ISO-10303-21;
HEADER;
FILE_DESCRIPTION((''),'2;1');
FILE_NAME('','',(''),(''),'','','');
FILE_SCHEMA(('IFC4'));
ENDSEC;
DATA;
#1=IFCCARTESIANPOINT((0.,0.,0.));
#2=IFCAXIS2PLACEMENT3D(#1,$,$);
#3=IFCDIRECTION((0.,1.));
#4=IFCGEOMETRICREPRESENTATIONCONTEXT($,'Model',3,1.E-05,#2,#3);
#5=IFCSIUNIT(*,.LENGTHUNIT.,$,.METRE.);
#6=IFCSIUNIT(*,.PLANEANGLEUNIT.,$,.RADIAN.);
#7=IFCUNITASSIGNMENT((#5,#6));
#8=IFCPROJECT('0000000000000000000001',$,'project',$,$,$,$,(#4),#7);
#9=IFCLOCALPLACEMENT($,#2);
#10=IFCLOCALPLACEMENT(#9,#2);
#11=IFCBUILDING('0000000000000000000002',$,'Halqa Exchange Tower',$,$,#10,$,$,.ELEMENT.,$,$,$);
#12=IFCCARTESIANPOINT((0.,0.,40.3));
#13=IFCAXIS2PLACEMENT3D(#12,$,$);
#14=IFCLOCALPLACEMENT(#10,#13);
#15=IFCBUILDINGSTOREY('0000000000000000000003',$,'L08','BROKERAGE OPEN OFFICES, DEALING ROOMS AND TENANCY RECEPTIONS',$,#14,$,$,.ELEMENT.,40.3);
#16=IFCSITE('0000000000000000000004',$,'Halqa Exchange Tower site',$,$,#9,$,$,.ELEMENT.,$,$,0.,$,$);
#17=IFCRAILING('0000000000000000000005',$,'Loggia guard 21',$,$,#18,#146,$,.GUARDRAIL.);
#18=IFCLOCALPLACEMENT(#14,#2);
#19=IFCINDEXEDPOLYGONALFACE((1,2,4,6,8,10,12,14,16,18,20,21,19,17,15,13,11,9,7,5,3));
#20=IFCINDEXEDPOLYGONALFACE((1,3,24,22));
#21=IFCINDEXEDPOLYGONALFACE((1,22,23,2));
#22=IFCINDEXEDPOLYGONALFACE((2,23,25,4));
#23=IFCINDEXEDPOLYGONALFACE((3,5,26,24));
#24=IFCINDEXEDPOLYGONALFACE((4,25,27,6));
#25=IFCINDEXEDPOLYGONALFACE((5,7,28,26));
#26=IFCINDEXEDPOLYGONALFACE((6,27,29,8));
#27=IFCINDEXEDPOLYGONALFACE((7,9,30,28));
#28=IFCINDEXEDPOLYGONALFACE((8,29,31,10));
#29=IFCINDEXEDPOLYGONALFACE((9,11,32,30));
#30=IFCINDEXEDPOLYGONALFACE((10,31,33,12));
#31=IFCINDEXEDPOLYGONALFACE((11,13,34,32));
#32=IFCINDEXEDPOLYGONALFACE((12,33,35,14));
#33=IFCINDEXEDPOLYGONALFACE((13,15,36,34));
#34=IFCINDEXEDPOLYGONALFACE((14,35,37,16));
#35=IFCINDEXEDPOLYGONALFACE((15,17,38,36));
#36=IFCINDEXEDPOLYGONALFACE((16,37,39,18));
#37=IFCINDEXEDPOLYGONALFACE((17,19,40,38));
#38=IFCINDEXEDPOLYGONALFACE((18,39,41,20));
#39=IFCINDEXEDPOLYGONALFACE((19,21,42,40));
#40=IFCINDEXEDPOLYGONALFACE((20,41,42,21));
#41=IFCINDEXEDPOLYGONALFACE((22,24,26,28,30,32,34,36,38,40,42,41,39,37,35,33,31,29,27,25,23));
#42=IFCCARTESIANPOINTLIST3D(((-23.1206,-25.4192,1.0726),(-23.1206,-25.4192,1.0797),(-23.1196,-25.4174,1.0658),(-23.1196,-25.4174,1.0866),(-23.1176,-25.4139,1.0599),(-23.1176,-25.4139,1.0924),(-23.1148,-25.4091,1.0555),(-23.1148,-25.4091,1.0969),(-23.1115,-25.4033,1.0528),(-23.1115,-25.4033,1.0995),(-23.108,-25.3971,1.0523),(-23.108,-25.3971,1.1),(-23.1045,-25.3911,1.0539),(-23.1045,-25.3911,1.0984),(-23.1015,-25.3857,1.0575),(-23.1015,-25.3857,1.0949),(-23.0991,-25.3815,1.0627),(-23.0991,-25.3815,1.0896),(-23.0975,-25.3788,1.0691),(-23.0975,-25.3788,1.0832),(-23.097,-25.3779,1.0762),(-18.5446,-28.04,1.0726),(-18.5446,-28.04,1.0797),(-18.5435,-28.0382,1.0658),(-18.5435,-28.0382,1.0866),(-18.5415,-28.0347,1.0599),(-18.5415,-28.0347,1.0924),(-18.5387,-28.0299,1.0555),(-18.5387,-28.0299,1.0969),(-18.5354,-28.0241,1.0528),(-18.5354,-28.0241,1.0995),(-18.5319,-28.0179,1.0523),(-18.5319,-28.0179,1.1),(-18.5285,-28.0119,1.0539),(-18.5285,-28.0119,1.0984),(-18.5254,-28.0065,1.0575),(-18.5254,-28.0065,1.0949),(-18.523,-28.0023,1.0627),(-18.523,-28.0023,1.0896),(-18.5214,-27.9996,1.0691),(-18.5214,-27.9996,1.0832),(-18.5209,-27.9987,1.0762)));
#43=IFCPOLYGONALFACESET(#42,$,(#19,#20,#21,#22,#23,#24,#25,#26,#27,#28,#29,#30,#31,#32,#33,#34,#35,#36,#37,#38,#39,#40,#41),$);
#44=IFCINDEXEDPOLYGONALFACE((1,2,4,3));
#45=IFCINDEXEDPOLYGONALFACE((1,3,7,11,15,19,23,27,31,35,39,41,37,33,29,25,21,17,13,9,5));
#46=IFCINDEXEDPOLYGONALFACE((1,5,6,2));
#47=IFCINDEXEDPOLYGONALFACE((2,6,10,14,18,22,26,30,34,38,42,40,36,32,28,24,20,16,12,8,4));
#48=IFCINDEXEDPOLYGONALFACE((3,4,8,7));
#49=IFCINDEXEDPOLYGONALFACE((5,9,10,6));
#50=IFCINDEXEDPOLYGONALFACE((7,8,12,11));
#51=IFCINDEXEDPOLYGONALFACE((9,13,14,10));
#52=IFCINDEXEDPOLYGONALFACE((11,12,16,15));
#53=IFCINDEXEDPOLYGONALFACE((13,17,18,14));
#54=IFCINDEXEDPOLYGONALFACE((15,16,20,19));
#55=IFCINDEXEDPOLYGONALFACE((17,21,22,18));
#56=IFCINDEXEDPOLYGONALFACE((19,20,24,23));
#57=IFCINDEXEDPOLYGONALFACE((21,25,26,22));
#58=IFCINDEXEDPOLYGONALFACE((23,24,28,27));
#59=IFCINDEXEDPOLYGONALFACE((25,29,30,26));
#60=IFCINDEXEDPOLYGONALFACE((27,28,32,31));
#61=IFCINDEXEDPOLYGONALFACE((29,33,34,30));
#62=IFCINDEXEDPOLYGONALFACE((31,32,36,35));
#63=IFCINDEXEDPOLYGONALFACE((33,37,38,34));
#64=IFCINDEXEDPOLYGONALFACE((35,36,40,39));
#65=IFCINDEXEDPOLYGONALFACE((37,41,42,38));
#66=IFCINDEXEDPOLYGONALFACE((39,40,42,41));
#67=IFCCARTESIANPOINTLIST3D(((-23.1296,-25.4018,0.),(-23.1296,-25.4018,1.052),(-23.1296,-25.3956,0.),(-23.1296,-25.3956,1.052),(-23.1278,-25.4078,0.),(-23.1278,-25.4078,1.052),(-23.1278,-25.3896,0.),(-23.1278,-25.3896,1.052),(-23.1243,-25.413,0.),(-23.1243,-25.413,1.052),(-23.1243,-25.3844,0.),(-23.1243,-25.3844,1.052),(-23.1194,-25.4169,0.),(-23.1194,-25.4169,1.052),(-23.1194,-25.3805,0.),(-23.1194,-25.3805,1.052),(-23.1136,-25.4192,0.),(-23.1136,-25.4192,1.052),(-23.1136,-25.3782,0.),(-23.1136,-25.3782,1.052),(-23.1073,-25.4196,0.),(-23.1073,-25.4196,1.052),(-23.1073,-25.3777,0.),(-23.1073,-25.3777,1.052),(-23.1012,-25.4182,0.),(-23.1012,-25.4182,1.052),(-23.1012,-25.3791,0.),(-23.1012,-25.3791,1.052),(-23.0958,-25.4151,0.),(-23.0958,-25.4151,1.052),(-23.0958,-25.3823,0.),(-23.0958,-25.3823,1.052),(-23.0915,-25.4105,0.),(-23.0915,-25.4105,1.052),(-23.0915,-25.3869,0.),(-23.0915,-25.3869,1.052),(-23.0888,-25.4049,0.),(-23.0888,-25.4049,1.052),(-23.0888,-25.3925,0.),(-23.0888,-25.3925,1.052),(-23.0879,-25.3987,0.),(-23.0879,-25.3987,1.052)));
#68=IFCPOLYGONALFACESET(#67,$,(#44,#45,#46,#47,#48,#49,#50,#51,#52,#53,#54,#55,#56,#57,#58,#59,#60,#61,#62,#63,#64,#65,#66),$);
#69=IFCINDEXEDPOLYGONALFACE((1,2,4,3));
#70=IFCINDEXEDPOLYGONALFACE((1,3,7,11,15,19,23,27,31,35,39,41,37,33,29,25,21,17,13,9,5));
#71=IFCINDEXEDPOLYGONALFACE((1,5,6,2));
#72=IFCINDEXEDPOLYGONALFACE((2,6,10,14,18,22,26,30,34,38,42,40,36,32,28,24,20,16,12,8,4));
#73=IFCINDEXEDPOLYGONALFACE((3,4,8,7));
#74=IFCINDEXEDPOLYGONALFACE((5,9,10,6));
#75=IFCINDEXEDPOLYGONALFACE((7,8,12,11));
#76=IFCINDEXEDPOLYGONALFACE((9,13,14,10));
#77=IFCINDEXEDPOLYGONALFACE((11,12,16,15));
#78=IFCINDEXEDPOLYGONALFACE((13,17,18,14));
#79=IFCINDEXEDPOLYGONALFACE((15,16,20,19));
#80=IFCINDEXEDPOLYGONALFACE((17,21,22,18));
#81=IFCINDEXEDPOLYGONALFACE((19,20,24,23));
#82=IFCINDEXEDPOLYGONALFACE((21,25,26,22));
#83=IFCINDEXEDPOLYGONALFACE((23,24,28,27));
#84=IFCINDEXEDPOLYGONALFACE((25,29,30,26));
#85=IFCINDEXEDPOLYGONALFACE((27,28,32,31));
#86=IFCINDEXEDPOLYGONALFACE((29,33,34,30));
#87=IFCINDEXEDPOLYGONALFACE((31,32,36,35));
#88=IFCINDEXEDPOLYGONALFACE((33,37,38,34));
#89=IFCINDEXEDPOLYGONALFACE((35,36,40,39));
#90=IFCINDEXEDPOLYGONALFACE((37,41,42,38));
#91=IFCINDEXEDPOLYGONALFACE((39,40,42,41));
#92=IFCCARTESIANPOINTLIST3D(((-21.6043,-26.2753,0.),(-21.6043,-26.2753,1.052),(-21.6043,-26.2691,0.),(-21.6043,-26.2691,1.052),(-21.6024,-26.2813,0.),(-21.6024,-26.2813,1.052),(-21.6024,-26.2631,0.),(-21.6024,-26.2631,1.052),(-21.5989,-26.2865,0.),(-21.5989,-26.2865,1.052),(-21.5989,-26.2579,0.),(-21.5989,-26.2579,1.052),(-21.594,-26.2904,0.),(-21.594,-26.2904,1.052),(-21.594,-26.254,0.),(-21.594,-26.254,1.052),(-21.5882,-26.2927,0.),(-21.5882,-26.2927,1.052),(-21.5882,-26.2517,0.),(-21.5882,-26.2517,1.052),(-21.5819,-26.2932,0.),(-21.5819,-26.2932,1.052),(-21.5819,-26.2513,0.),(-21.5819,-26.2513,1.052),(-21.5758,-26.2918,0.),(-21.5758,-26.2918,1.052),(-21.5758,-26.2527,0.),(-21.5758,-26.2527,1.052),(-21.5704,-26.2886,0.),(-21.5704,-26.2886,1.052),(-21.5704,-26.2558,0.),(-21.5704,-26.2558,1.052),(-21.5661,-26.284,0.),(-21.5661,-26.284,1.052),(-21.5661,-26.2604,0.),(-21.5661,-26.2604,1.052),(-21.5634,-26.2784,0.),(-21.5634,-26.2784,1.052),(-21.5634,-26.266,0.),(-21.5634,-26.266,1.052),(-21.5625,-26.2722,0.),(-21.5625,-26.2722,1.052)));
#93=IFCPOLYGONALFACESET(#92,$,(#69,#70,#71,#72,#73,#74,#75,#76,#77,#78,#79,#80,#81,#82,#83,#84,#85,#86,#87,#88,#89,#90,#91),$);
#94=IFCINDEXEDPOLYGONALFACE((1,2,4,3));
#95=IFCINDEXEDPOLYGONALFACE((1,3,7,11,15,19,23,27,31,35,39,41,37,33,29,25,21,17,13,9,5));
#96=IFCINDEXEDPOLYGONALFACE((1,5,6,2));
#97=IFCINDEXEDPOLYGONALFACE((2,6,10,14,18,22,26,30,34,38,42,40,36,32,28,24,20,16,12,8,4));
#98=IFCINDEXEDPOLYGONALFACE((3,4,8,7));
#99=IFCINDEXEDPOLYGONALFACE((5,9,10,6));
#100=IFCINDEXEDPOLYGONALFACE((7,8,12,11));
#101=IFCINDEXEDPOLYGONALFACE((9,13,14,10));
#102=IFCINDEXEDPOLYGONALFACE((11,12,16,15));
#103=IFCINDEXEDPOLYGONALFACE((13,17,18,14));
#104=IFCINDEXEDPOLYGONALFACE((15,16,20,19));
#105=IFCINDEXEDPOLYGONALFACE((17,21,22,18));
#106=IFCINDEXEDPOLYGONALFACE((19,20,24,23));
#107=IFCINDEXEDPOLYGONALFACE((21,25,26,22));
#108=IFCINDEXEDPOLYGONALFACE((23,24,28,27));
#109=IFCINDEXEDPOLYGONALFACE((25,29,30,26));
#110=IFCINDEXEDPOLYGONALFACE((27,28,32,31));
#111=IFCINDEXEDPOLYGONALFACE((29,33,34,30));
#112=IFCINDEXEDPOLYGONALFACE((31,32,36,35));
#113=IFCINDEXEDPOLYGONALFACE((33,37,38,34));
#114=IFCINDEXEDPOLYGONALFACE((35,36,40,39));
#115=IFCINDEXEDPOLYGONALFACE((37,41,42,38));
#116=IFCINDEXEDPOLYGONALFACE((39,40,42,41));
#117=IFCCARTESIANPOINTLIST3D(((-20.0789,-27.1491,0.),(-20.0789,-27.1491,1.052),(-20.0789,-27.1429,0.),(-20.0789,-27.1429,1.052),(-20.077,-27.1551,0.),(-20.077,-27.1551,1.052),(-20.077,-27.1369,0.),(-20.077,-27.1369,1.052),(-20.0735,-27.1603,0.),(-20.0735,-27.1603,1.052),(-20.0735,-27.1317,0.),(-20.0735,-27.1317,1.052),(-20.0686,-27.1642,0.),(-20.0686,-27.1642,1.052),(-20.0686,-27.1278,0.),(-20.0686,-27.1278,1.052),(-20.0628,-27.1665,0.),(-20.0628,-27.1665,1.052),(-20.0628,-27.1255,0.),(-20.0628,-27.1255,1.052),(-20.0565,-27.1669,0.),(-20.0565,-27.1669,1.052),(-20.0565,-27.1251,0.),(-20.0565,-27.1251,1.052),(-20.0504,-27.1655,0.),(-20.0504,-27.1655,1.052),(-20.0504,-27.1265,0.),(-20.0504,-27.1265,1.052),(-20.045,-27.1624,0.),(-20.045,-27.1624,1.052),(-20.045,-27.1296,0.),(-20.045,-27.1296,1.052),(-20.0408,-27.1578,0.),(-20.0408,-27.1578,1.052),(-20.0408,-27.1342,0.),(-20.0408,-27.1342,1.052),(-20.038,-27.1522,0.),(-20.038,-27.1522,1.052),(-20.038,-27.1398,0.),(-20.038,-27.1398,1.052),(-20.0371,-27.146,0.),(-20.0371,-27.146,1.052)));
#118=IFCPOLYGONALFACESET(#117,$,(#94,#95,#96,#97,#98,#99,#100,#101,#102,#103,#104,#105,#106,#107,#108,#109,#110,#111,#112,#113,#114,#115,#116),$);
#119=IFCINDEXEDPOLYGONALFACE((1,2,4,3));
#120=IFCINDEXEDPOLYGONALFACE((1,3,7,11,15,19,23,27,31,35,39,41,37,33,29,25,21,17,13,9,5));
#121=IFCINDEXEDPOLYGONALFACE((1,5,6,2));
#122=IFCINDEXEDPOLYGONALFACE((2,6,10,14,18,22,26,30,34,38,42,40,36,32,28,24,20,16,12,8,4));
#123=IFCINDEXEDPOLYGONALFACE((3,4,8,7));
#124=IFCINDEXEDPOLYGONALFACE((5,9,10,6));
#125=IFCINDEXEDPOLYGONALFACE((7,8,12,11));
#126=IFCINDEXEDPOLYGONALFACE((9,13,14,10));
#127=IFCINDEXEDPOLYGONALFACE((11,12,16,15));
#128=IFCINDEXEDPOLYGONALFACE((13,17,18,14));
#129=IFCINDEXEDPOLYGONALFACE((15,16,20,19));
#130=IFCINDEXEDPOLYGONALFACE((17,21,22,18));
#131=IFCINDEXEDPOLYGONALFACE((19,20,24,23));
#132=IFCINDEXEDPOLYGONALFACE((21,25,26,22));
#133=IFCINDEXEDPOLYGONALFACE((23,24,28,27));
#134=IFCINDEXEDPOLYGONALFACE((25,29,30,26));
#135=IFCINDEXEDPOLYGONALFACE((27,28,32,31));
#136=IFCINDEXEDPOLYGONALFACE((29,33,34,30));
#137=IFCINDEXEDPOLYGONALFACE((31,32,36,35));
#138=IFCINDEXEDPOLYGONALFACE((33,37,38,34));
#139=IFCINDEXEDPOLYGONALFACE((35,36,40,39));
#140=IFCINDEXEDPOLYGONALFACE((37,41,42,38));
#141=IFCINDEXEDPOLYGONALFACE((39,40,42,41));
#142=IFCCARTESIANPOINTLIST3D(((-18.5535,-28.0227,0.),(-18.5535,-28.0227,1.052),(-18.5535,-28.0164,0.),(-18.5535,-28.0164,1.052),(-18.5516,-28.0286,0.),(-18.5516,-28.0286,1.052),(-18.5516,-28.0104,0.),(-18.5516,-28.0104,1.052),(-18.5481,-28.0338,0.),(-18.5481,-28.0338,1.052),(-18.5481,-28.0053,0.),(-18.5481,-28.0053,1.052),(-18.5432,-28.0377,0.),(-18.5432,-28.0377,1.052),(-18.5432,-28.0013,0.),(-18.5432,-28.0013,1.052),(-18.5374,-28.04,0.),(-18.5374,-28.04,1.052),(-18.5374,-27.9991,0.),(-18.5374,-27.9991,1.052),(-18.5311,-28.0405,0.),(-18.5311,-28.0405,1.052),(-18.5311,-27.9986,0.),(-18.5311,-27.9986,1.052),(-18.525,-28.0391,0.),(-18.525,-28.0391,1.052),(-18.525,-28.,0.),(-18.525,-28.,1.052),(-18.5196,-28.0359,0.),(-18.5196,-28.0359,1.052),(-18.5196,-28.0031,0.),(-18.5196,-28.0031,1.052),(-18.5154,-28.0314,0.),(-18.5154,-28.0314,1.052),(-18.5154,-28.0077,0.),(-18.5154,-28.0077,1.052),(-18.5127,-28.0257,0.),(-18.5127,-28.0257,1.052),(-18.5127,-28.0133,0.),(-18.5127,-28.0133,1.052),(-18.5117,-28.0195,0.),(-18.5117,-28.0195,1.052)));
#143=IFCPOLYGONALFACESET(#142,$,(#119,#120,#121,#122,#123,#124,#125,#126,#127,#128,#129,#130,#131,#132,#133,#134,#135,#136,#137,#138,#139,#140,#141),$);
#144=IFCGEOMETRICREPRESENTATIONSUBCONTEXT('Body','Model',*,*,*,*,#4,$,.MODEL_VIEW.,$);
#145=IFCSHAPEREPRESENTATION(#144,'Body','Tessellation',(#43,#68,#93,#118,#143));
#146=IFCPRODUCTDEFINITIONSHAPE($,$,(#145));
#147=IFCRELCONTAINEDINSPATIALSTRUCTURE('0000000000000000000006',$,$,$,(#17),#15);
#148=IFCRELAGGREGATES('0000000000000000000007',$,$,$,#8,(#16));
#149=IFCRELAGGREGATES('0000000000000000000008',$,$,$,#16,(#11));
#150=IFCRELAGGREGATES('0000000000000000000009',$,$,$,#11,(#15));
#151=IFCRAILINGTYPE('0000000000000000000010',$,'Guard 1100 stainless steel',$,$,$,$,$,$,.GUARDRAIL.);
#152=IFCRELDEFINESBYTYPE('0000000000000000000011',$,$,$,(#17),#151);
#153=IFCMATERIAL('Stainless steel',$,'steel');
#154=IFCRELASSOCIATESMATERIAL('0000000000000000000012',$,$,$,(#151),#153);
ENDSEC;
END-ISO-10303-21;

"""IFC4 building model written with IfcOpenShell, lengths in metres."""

from ifc_helpers import new_model, si_unit, direction, frame, origin, origin_2d, place, context, subcontext, project, spatial, circle, extrude, material, type_object, element, save


model = new_model("IFC4")

# Units and contexts
model_context = context("Model", 3, precision=1e-05, world=origin(), true_north=direction((0.0, 1.0)))
body_context = subcontext(model_context, "Body", "Model", "MODEL_VIEW")
ifc_project = project(units=[si_unit("LENGTHUNIT", "METRE"), si_unit("PLANEANGLEUNIT", "RADIAN")], contexts=[model_context])

# Site, building, storey
site_placement = place(None, origin())
site = spatial("IfcSite", under=ifc_project, at=site_placement, Name="Halqa Exchange Tower site", CompositionType="ELEMENT", RefElevation=0.0)
building_placement = place(site_placement, origin())
building = spatial("IfcBuilding", under=site, at=building_placement, Name="Halqa Exchange Tower", CompositionType="ELEMENT")
storey_placement = place(building_placement, frame((0.0, 0.0, 40.3)))
storey = spatial("IfcBuildingStorey", under=building, at=storey_placement, Name="L08", Description="BROKERAGE OPEN OFFICES, DEALING ROOMS AND TENANCY RECEPTIONS", CompositionType="ELEMENT", Elevation=40.3)

# Railing
ifc_material_1 = material(Name="Stainless steel", Category="steel")
railing_type = type_object("IfcRailingType", Name="Guard 1100 stainless steel", PredefinedType="GUARDRAIL", material=ifc_material_1)
railing_1_placement = place(storey_placement, frame((-23.1089, -25.3987, 0.0)))
element("IfcRailing", 1, at=railing_1_placement, inside=storey, type_object=railing_type, Name="Loggia guard 21", PredefinedType="GUARDRAIL", context=body_context, shape_type="SweptSolid", body=[
    extrude(circle(Radius=0.0239, at=origin_2d()), frame((0.0, 0.0, 1.0762), z_axis=(0.867761, -0.496981, 0.0), x_axis=(0.496981, 0.867761, 0.0)), (0.0, 0.0, 1.0), 5.2734),
    extrude(circle(Radius=0.021, at=origin_2d()), origin(), (0.0, 0.0, 1.0), 1.052),
    extrude(circle(Radius=0.021, at=origin_2d()), frame((1.5254, -0.8735, 0.0)), (0.0, 0.0, 1.0), 1.052),
    extrude(circle(Radius=0.021, at=origin_2d()), frame((3.0508, -1.7473, 0.0)), (0.0, 0.0, 1.0), 1.052),
    extrude(circle(Radius=0.021, at=origin_2d()), frame((4.5762, -2.6208, 0.0)), (0.0, 0.0, 1.0), 1.052),
])

save(model, "model.ifc")
